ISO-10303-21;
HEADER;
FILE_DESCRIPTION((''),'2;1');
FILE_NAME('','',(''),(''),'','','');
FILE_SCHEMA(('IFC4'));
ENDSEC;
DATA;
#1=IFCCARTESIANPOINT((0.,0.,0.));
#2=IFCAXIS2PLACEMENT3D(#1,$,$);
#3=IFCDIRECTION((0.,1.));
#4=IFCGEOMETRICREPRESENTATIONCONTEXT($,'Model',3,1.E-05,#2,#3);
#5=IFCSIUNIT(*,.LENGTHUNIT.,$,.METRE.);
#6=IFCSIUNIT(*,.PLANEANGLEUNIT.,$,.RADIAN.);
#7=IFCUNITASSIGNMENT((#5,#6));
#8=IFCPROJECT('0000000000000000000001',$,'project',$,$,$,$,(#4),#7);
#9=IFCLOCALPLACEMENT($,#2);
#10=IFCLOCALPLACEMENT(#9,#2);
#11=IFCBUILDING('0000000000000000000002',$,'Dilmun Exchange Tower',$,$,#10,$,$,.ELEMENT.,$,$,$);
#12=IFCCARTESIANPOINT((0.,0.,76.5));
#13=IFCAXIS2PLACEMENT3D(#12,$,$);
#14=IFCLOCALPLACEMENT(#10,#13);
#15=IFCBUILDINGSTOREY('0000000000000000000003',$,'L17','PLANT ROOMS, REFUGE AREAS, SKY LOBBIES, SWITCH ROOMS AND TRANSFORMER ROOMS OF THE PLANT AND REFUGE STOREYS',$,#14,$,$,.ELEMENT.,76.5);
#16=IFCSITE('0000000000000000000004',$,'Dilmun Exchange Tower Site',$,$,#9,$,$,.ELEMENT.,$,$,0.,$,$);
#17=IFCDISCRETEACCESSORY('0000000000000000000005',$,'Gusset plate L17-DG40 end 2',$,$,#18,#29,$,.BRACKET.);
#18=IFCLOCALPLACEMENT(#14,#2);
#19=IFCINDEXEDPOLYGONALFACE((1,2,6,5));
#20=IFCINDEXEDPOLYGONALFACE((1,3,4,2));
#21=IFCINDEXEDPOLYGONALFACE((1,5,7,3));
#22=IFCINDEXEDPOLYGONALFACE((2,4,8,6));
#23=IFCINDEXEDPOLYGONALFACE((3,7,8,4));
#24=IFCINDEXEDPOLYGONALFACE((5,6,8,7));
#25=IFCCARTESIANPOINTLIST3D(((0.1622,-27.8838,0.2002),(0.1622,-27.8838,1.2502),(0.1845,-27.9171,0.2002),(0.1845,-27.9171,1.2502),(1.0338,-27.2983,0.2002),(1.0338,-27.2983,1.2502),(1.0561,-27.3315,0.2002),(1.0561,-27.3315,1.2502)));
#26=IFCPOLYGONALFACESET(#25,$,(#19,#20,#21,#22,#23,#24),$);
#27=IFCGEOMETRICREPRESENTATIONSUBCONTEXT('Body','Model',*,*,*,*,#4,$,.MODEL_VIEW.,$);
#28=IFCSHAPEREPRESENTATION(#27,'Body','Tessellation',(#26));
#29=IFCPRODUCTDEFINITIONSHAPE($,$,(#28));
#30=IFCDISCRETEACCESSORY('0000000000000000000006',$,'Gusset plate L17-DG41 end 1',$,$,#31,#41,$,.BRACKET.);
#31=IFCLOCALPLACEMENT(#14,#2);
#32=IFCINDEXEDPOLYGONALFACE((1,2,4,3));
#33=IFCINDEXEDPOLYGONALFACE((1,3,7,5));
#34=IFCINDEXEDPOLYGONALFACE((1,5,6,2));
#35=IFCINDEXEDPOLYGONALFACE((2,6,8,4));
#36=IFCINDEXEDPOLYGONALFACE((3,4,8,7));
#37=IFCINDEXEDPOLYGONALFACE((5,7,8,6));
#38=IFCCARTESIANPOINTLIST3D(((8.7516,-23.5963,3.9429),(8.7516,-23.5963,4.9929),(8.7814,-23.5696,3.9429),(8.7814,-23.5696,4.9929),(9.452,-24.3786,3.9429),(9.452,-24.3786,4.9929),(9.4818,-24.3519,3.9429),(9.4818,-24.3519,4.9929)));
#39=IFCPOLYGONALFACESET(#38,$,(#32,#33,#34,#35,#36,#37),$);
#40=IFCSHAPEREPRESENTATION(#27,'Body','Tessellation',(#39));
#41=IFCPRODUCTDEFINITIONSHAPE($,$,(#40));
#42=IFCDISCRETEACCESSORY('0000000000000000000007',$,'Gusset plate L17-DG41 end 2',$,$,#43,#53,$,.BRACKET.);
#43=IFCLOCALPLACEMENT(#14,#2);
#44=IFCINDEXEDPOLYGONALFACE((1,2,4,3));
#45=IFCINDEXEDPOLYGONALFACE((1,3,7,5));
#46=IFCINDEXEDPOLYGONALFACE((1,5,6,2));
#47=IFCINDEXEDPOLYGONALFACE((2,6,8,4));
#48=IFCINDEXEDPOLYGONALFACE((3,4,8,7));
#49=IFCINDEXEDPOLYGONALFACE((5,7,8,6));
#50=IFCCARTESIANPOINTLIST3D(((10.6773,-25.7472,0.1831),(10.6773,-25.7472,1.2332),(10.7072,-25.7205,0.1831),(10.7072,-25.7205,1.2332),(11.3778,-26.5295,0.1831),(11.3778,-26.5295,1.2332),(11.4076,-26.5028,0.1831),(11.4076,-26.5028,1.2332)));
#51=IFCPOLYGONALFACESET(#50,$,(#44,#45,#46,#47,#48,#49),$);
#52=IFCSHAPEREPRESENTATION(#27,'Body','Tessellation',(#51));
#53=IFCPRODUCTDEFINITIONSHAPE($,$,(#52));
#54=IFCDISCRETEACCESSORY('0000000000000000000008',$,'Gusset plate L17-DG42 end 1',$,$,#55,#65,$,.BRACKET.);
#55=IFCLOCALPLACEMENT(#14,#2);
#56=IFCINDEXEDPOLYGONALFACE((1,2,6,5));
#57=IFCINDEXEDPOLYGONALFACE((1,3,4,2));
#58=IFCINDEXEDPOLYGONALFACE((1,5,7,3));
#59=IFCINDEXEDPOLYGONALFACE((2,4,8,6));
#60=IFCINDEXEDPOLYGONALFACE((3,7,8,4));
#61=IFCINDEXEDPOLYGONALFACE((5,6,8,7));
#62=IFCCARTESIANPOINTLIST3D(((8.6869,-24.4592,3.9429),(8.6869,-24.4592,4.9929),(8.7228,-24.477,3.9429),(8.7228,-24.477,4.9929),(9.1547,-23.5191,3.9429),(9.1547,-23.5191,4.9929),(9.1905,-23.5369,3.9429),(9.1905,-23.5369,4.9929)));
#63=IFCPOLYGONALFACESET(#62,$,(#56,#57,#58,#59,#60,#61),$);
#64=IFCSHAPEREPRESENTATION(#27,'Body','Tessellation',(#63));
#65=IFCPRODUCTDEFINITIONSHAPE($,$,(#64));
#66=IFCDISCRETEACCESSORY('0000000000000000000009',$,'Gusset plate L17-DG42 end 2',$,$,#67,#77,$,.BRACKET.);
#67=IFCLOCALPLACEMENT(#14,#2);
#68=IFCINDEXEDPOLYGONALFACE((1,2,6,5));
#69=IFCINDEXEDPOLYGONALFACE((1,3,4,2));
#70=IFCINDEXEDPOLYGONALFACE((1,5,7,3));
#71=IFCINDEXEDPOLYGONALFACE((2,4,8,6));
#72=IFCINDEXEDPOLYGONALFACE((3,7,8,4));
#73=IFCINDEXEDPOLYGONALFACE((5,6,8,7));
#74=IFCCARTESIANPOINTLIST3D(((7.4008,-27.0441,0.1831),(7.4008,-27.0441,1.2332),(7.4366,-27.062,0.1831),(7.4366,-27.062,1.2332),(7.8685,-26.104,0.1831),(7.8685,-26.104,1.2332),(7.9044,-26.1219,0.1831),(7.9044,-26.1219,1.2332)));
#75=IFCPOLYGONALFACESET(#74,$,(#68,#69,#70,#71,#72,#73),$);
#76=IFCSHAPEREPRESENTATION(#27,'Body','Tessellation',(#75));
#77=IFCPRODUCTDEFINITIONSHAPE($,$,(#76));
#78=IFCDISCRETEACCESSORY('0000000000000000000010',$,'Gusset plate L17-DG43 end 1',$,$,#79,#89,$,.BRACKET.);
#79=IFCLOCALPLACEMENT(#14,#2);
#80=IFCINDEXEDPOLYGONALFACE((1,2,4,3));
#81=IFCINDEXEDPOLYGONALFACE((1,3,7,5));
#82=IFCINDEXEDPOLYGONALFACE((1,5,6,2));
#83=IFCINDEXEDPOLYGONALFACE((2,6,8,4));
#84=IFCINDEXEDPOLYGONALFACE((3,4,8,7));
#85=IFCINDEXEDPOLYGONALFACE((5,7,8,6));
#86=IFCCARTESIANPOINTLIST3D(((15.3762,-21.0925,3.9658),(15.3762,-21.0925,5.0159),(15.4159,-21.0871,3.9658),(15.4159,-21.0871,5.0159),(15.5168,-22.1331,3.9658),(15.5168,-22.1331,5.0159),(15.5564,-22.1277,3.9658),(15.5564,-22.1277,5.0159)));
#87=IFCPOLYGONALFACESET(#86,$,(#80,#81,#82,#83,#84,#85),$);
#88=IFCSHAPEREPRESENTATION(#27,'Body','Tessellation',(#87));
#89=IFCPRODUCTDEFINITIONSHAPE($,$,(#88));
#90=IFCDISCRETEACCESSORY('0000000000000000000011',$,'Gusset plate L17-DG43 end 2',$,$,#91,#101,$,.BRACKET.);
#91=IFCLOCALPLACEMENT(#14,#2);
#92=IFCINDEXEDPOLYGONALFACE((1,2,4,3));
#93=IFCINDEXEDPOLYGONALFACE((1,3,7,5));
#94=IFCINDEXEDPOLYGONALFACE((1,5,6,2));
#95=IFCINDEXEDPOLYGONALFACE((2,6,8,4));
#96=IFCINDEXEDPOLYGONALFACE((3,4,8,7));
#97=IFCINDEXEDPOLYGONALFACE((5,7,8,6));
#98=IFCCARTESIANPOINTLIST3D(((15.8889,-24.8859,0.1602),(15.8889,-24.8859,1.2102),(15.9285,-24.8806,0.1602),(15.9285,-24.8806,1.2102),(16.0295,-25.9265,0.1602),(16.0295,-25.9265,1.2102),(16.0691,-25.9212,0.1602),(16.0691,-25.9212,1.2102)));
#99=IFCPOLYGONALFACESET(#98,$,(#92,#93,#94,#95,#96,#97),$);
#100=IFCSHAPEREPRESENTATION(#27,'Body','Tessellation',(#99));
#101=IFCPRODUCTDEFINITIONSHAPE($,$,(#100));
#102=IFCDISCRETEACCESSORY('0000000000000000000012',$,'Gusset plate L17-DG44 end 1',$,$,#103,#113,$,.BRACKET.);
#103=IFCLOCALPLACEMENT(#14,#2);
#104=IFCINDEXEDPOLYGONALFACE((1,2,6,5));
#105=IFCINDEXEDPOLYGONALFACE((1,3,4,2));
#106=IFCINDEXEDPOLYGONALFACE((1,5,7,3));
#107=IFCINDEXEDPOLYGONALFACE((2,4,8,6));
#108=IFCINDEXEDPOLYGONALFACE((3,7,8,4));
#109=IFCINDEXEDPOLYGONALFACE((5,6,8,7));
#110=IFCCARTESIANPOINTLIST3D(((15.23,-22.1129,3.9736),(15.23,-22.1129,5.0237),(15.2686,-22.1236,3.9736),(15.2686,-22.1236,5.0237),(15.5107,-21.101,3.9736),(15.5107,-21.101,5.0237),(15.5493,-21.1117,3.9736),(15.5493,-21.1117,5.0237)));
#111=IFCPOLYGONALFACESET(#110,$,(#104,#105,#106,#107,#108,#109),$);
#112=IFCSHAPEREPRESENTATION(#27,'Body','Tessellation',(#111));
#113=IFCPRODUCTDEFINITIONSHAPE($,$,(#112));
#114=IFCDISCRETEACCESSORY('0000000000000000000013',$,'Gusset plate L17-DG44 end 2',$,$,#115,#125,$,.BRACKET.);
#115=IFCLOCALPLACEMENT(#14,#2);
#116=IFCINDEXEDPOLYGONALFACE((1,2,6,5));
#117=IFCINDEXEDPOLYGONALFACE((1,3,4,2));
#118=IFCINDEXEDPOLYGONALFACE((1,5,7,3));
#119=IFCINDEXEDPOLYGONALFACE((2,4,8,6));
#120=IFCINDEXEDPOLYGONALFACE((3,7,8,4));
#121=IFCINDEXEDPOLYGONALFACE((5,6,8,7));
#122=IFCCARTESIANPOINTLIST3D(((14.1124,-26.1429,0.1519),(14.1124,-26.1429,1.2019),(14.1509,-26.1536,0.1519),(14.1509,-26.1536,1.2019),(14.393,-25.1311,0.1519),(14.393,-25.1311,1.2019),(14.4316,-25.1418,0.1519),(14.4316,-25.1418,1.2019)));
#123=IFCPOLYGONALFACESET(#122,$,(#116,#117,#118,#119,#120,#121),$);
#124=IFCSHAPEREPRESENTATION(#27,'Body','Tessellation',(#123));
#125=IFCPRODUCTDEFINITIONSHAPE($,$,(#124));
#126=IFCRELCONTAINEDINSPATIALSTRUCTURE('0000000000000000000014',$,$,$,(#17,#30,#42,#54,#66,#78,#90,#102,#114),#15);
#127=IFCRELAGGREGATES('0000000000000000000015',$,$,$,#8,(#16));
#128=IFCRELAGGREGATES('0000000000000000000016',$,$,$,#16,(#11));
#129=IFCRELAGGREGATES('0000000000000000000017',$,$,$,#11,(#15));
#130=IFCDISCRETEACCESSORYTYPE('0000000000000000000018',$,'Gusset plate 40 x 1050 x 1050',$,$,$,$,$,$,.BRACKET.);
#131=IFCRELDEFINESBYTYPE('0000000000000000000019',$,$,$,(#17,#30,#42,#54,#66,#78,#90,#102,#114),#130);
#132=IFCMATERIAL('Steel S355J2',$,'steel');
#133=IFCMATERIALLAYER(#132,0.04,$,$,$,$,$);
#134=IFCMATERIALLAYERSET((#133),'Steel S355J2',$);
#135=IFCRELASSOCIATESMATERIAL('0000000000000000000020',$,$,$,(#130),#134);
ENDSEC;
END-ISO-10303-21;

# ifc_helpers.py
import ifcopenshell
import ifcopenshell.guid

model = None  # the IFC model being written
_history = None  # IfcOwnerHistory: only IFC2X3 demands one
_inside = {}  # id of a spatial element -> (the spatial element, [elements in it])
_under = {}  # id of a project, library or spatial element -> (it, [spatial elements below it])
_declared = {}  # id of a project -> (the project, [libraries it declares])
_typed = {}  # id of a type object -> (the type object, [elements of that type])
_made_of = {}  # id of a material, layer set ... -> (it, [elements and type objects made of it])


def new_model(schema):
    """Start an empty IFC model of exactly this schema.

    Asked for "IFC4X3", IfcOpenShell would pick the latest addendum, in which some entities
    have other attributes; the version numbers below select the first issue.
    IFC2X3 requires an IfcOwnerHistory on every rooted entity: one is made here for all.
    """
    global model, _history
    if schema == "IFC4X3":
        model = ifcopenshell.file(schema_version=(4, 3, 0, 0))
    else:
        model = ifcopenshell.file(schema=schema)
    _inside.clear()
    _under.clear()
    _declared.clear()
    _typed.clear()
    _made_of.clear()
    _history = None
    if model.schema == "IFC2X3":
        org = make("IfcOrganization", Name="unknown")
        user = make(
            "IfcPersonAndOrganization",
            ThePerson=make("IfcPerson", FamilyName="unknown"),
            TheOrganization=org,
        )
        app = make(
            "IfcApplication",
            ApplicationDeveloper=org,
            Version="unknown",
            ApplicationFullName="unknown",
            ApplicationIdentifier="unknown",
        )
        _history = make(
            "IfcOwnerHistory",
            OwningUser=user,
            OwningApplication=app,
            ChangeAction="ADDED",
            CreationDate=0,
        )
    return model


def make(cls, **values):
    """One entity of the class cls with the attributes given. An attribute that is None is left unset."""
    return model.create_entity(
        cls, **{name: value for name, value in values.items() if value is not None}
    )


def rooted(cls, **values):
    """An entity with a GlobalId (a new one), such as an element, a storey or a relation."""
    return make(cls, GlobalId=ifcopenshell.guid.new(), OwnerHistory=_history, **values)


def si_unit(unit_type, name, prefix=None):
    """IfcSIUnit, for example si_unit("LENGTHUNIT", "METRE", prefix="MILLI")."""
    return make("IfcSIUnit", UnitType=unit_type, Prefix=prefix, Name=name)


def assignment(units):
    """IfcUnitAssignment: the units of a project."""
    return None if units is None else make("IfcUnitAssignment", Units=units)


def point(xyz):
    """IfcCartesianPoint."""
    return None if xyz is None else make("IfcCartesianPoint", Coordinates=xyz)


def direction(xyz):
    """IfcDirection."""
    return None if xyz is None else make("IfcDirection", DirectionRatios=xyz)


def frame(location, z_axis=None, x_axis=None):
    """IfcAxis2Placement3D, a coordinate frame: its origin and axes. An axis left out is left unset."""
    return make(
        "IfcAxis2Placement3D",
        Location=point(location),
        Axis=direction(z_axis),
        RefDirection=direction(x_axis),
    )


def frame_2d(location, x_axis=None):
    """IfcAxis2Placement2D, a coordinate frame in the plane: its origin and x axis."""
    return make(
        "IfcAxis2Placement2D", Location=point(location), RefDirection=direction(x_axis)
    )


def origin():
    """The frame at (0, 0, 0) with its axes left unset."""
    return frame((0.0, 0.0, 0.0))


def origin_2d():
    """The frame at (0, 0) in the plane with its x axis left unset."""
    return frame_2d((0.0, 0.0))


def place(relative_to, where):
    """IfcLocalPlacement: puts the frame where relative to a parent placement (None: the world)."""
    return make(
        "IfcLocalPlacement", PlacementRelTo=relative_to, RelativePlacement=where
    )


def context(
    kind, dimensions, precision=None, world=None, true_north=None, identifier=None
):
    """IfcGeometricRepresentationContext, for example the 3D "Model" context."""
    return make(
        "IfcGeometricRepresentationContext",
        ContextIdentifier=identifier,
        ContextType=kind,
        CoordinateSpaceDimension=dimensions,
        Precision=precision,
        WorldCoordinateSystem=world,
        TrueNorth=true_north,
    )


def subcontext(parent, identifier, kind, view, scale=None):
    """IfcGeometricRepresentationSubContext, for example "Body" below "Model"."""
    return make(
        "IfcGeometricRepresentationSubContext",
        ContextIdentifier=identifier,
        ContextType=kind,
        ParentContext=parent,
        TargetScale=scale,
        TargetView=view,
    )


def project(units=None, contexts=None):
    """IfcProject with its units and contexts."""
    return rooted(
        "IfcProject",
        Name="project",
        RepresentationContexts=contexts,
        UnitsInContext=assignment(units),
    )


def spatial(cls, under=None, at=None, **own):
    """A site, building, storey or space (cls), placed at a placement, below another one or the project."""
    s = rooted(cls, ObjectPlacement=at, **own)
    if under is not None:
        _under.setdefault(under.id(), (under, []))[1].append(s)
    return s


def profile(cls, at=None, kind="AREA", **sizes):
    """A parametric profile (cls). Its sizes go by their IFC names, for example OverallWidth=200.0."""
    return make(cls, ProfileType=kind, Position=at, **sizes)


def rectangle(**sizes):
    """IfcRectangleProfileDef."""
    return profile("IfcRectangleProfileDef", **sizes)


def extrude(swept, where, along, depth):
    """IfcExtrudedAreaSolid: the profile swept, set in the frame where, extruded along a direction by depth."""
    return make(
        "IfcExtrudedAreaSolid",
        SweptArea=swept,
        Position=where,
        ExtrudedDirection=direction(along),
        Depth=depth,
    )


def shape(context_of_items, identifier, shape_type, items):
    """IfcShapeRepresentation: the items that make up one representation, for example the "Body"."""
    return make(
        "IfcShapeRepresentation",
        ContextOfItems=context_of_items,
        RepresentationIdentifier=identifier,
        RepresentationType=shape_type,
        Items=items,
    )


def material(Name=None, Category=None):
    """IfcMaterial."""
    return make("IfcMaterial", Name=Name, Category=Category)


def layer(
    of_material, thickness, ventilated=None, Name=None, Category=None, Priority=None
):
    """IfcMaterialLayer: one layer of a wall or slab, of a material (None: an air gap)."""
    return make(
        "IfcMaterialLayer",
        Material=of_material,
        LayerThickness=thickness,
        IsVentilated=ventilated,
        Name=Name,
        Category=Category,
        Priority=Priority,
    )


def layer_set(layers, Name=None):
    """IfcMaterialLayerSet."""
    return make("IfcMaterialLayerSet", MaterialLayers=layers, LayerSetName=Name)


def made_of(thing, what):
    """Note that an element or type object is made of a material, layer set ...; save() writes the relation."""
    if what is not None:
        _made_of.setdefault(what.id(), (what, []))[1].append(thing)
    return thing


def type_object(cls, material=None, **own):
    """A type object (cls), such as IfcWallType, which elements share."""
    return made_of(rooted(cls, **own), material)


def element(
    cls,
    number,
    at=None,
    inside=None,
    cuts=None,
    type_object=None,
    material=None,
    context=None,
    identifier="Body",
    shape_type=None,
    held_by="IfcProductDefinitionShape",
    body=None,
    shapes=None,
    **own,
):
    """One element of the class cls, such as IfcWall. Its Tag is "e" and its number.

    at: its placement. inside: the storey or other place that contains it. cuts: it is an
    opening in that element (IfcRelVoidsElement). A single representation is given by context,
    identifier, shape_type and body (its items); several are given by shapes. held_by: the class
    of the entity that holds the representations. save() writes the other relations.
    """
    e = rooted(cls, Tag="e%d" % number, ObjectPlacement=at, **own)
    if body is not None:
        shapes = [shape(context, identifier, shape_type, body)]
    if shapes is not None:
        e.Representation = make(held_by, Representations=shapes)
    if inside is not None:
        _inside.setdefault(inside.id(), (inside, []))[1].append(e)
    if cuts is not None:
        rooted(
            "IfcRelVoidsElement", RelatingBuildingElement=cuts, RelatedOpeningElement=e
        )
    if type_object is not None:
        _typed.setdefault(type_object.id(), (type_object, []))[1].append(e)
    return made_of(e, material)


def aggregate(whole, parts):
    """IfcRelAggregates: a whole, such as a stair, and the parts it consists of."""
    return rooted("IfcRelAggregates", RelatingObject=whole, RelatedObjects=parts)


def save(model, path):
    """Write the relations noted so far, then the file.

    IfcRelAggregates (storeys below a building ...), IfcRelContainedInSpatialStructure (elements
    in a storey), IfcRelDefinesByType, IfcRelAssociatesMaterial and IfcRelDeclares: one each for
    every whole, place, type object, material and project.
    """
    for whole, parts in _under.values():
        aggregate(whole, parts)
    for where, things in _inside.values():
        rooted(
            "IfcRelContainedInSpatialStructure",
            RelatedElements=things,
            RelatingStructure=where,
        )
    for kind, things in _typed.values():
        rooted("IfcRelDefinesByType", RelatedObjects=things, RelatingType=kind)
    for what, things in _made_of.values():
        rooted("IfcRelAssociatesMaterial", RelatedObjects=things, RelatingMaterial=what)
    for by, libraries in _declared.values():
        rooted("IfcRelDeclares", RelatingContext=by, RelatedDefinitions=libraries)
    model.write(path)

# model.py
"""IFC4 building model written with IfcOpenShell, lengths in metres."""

from ifc_helpers import new_model, si_unit, direction, frame, origin, origin_2d, place, context, subcontext, project, spatial, rectangle, extrude, material, layer, layer_set, type_object, element, save


model = new_model("IFC4")

# Units and contexts
model_context = context("Model", 3, precision=1e-05, world=origin(), true_north=direction((0.0, 1.0)))
body_context = subcontext(model_context, "Body", "Model", "MODEL_VIEW")
ifc_project = project(units=[si_unit("LENGTHUNIT", "METRE"), si_unit("PLANEANGLEUNIT", "RADIAN")], contexts=[model_context])

# Site, building, storey
site_placement = place(None, origin())
site = spatial("IfcSite", under=ifc_project, at=site_placement, Name="Dilmun Exchange Tower Site", CompositionType="ELEMENT", RefElevation=0.0)
building_placement = place(site_placement, origin())
building = spatial("IfcBuilding", under=site, at=building_placement, Name="Dilmun Exchange Tower", CompositionType="ELEMENT")
storey_placement = place(building_placement, frame((0.0, 0.0, 76.5)))
storey = spatial("IfcBuildingStorey", under=building, at=storey_placement, Name="L17", Description="PLANT ROOMS, REFUGE AREAS, SKY LOBBIES, SWITCH ROOMS AND TRANSFORMER ROOMS OF THE PLANT AND REFUGE STOREYS", CompositionType="ELEMENT", Elevation=76.5)

# Discrete accessories
ifc_material_1 = material(Name="Steel S355J2", Category="steel")
ifc_layer_1 = layer(ifc_material_1, 0.04)
ifc_layer_set_1 = layer_set([ifc_layer_1], Name="Steel S355J2")
discrete_accessory_type = type_object("IfcDiscreteAccessoryType", Name="Gusset plate 40 x 1050 x 1050", PredefinedType="BRACKET", material=ifc_layer_set_1)
for number, where, z_axis, x_axis, name in (
    (1, (0.6091, -27.6077, 0.2002), (0.0, 0.0, 1.0), (-0.830064, -0.557668, 0.0), "Gusset plate L17-DG40 end 2"),
    (2, (9.1167, -23.9741, 3.9429), (0.0, 0.0, 1.0), (0.667067, -0.744998, 0.0), "Gusset plate L17-DG41 end 1"),
    (3, (11.0425, -26.125, 0.1831), (0.0, 0.0, 1.0), (0.667067, -0.744998, 0.0), "Gusset plate L17-DG41 end 2"),
    (4, (8.9387, -23.998, 3.9429), (0.0, 0.0, 1.0), (-0.445467, -0.895299, 0.0), "Gusset plate L17-DG42 end 1"),
    (5, (7.6526, -26.583, 0.1831), (0.0, 0.0, 1.0), (-0.445467, -0.895299, 0.0), "Gusset plate L17-DG42 end 2"),
    (6, (15.4663, -21.6101, 3.9658), (0.0, 0.0, 1.0), (0.133891, -0.990996, 0.0), "Gusset plate L17-DG43 end 1"),
    (7, (15.979, -25.4036, 0.1602), (0.0, 0.0, 1.0), (0.133891, -0.990996, 0.0), "Gusset plate L17-DG43 end 2"),
    (8, (15.3896, -21.6123, 3.9736), (0.0, 0.0, 1.0), (-0.267274, -0.963621, 0.0), "Gusset plate L17-DG44 end 1"),
    (9, (14.272, -25.6423, 0.1519), (0.0, 0.0, 1.0), (-0.267274, -0.963621, 0.0), "Gusset plate L17-DG44 end 2"),
):
    element("IfcDiscreteAccessory", number, at=place(storey_placement, frame(where, z_axis=z_axis, x_axis=x_axis)), inside=storey, type_object=discrete_accessory_type, Name=name, PredefinedType="BRACKET", context=body_context, shape_type="SweptSolid", body=[
        extrude(rectangle(XDim=1.05, YDim=0.04, at=origin_2d()), origin(), (0.0, 0.0, 1.0), 1.05),
    ])

save(model, "model.ifc")
